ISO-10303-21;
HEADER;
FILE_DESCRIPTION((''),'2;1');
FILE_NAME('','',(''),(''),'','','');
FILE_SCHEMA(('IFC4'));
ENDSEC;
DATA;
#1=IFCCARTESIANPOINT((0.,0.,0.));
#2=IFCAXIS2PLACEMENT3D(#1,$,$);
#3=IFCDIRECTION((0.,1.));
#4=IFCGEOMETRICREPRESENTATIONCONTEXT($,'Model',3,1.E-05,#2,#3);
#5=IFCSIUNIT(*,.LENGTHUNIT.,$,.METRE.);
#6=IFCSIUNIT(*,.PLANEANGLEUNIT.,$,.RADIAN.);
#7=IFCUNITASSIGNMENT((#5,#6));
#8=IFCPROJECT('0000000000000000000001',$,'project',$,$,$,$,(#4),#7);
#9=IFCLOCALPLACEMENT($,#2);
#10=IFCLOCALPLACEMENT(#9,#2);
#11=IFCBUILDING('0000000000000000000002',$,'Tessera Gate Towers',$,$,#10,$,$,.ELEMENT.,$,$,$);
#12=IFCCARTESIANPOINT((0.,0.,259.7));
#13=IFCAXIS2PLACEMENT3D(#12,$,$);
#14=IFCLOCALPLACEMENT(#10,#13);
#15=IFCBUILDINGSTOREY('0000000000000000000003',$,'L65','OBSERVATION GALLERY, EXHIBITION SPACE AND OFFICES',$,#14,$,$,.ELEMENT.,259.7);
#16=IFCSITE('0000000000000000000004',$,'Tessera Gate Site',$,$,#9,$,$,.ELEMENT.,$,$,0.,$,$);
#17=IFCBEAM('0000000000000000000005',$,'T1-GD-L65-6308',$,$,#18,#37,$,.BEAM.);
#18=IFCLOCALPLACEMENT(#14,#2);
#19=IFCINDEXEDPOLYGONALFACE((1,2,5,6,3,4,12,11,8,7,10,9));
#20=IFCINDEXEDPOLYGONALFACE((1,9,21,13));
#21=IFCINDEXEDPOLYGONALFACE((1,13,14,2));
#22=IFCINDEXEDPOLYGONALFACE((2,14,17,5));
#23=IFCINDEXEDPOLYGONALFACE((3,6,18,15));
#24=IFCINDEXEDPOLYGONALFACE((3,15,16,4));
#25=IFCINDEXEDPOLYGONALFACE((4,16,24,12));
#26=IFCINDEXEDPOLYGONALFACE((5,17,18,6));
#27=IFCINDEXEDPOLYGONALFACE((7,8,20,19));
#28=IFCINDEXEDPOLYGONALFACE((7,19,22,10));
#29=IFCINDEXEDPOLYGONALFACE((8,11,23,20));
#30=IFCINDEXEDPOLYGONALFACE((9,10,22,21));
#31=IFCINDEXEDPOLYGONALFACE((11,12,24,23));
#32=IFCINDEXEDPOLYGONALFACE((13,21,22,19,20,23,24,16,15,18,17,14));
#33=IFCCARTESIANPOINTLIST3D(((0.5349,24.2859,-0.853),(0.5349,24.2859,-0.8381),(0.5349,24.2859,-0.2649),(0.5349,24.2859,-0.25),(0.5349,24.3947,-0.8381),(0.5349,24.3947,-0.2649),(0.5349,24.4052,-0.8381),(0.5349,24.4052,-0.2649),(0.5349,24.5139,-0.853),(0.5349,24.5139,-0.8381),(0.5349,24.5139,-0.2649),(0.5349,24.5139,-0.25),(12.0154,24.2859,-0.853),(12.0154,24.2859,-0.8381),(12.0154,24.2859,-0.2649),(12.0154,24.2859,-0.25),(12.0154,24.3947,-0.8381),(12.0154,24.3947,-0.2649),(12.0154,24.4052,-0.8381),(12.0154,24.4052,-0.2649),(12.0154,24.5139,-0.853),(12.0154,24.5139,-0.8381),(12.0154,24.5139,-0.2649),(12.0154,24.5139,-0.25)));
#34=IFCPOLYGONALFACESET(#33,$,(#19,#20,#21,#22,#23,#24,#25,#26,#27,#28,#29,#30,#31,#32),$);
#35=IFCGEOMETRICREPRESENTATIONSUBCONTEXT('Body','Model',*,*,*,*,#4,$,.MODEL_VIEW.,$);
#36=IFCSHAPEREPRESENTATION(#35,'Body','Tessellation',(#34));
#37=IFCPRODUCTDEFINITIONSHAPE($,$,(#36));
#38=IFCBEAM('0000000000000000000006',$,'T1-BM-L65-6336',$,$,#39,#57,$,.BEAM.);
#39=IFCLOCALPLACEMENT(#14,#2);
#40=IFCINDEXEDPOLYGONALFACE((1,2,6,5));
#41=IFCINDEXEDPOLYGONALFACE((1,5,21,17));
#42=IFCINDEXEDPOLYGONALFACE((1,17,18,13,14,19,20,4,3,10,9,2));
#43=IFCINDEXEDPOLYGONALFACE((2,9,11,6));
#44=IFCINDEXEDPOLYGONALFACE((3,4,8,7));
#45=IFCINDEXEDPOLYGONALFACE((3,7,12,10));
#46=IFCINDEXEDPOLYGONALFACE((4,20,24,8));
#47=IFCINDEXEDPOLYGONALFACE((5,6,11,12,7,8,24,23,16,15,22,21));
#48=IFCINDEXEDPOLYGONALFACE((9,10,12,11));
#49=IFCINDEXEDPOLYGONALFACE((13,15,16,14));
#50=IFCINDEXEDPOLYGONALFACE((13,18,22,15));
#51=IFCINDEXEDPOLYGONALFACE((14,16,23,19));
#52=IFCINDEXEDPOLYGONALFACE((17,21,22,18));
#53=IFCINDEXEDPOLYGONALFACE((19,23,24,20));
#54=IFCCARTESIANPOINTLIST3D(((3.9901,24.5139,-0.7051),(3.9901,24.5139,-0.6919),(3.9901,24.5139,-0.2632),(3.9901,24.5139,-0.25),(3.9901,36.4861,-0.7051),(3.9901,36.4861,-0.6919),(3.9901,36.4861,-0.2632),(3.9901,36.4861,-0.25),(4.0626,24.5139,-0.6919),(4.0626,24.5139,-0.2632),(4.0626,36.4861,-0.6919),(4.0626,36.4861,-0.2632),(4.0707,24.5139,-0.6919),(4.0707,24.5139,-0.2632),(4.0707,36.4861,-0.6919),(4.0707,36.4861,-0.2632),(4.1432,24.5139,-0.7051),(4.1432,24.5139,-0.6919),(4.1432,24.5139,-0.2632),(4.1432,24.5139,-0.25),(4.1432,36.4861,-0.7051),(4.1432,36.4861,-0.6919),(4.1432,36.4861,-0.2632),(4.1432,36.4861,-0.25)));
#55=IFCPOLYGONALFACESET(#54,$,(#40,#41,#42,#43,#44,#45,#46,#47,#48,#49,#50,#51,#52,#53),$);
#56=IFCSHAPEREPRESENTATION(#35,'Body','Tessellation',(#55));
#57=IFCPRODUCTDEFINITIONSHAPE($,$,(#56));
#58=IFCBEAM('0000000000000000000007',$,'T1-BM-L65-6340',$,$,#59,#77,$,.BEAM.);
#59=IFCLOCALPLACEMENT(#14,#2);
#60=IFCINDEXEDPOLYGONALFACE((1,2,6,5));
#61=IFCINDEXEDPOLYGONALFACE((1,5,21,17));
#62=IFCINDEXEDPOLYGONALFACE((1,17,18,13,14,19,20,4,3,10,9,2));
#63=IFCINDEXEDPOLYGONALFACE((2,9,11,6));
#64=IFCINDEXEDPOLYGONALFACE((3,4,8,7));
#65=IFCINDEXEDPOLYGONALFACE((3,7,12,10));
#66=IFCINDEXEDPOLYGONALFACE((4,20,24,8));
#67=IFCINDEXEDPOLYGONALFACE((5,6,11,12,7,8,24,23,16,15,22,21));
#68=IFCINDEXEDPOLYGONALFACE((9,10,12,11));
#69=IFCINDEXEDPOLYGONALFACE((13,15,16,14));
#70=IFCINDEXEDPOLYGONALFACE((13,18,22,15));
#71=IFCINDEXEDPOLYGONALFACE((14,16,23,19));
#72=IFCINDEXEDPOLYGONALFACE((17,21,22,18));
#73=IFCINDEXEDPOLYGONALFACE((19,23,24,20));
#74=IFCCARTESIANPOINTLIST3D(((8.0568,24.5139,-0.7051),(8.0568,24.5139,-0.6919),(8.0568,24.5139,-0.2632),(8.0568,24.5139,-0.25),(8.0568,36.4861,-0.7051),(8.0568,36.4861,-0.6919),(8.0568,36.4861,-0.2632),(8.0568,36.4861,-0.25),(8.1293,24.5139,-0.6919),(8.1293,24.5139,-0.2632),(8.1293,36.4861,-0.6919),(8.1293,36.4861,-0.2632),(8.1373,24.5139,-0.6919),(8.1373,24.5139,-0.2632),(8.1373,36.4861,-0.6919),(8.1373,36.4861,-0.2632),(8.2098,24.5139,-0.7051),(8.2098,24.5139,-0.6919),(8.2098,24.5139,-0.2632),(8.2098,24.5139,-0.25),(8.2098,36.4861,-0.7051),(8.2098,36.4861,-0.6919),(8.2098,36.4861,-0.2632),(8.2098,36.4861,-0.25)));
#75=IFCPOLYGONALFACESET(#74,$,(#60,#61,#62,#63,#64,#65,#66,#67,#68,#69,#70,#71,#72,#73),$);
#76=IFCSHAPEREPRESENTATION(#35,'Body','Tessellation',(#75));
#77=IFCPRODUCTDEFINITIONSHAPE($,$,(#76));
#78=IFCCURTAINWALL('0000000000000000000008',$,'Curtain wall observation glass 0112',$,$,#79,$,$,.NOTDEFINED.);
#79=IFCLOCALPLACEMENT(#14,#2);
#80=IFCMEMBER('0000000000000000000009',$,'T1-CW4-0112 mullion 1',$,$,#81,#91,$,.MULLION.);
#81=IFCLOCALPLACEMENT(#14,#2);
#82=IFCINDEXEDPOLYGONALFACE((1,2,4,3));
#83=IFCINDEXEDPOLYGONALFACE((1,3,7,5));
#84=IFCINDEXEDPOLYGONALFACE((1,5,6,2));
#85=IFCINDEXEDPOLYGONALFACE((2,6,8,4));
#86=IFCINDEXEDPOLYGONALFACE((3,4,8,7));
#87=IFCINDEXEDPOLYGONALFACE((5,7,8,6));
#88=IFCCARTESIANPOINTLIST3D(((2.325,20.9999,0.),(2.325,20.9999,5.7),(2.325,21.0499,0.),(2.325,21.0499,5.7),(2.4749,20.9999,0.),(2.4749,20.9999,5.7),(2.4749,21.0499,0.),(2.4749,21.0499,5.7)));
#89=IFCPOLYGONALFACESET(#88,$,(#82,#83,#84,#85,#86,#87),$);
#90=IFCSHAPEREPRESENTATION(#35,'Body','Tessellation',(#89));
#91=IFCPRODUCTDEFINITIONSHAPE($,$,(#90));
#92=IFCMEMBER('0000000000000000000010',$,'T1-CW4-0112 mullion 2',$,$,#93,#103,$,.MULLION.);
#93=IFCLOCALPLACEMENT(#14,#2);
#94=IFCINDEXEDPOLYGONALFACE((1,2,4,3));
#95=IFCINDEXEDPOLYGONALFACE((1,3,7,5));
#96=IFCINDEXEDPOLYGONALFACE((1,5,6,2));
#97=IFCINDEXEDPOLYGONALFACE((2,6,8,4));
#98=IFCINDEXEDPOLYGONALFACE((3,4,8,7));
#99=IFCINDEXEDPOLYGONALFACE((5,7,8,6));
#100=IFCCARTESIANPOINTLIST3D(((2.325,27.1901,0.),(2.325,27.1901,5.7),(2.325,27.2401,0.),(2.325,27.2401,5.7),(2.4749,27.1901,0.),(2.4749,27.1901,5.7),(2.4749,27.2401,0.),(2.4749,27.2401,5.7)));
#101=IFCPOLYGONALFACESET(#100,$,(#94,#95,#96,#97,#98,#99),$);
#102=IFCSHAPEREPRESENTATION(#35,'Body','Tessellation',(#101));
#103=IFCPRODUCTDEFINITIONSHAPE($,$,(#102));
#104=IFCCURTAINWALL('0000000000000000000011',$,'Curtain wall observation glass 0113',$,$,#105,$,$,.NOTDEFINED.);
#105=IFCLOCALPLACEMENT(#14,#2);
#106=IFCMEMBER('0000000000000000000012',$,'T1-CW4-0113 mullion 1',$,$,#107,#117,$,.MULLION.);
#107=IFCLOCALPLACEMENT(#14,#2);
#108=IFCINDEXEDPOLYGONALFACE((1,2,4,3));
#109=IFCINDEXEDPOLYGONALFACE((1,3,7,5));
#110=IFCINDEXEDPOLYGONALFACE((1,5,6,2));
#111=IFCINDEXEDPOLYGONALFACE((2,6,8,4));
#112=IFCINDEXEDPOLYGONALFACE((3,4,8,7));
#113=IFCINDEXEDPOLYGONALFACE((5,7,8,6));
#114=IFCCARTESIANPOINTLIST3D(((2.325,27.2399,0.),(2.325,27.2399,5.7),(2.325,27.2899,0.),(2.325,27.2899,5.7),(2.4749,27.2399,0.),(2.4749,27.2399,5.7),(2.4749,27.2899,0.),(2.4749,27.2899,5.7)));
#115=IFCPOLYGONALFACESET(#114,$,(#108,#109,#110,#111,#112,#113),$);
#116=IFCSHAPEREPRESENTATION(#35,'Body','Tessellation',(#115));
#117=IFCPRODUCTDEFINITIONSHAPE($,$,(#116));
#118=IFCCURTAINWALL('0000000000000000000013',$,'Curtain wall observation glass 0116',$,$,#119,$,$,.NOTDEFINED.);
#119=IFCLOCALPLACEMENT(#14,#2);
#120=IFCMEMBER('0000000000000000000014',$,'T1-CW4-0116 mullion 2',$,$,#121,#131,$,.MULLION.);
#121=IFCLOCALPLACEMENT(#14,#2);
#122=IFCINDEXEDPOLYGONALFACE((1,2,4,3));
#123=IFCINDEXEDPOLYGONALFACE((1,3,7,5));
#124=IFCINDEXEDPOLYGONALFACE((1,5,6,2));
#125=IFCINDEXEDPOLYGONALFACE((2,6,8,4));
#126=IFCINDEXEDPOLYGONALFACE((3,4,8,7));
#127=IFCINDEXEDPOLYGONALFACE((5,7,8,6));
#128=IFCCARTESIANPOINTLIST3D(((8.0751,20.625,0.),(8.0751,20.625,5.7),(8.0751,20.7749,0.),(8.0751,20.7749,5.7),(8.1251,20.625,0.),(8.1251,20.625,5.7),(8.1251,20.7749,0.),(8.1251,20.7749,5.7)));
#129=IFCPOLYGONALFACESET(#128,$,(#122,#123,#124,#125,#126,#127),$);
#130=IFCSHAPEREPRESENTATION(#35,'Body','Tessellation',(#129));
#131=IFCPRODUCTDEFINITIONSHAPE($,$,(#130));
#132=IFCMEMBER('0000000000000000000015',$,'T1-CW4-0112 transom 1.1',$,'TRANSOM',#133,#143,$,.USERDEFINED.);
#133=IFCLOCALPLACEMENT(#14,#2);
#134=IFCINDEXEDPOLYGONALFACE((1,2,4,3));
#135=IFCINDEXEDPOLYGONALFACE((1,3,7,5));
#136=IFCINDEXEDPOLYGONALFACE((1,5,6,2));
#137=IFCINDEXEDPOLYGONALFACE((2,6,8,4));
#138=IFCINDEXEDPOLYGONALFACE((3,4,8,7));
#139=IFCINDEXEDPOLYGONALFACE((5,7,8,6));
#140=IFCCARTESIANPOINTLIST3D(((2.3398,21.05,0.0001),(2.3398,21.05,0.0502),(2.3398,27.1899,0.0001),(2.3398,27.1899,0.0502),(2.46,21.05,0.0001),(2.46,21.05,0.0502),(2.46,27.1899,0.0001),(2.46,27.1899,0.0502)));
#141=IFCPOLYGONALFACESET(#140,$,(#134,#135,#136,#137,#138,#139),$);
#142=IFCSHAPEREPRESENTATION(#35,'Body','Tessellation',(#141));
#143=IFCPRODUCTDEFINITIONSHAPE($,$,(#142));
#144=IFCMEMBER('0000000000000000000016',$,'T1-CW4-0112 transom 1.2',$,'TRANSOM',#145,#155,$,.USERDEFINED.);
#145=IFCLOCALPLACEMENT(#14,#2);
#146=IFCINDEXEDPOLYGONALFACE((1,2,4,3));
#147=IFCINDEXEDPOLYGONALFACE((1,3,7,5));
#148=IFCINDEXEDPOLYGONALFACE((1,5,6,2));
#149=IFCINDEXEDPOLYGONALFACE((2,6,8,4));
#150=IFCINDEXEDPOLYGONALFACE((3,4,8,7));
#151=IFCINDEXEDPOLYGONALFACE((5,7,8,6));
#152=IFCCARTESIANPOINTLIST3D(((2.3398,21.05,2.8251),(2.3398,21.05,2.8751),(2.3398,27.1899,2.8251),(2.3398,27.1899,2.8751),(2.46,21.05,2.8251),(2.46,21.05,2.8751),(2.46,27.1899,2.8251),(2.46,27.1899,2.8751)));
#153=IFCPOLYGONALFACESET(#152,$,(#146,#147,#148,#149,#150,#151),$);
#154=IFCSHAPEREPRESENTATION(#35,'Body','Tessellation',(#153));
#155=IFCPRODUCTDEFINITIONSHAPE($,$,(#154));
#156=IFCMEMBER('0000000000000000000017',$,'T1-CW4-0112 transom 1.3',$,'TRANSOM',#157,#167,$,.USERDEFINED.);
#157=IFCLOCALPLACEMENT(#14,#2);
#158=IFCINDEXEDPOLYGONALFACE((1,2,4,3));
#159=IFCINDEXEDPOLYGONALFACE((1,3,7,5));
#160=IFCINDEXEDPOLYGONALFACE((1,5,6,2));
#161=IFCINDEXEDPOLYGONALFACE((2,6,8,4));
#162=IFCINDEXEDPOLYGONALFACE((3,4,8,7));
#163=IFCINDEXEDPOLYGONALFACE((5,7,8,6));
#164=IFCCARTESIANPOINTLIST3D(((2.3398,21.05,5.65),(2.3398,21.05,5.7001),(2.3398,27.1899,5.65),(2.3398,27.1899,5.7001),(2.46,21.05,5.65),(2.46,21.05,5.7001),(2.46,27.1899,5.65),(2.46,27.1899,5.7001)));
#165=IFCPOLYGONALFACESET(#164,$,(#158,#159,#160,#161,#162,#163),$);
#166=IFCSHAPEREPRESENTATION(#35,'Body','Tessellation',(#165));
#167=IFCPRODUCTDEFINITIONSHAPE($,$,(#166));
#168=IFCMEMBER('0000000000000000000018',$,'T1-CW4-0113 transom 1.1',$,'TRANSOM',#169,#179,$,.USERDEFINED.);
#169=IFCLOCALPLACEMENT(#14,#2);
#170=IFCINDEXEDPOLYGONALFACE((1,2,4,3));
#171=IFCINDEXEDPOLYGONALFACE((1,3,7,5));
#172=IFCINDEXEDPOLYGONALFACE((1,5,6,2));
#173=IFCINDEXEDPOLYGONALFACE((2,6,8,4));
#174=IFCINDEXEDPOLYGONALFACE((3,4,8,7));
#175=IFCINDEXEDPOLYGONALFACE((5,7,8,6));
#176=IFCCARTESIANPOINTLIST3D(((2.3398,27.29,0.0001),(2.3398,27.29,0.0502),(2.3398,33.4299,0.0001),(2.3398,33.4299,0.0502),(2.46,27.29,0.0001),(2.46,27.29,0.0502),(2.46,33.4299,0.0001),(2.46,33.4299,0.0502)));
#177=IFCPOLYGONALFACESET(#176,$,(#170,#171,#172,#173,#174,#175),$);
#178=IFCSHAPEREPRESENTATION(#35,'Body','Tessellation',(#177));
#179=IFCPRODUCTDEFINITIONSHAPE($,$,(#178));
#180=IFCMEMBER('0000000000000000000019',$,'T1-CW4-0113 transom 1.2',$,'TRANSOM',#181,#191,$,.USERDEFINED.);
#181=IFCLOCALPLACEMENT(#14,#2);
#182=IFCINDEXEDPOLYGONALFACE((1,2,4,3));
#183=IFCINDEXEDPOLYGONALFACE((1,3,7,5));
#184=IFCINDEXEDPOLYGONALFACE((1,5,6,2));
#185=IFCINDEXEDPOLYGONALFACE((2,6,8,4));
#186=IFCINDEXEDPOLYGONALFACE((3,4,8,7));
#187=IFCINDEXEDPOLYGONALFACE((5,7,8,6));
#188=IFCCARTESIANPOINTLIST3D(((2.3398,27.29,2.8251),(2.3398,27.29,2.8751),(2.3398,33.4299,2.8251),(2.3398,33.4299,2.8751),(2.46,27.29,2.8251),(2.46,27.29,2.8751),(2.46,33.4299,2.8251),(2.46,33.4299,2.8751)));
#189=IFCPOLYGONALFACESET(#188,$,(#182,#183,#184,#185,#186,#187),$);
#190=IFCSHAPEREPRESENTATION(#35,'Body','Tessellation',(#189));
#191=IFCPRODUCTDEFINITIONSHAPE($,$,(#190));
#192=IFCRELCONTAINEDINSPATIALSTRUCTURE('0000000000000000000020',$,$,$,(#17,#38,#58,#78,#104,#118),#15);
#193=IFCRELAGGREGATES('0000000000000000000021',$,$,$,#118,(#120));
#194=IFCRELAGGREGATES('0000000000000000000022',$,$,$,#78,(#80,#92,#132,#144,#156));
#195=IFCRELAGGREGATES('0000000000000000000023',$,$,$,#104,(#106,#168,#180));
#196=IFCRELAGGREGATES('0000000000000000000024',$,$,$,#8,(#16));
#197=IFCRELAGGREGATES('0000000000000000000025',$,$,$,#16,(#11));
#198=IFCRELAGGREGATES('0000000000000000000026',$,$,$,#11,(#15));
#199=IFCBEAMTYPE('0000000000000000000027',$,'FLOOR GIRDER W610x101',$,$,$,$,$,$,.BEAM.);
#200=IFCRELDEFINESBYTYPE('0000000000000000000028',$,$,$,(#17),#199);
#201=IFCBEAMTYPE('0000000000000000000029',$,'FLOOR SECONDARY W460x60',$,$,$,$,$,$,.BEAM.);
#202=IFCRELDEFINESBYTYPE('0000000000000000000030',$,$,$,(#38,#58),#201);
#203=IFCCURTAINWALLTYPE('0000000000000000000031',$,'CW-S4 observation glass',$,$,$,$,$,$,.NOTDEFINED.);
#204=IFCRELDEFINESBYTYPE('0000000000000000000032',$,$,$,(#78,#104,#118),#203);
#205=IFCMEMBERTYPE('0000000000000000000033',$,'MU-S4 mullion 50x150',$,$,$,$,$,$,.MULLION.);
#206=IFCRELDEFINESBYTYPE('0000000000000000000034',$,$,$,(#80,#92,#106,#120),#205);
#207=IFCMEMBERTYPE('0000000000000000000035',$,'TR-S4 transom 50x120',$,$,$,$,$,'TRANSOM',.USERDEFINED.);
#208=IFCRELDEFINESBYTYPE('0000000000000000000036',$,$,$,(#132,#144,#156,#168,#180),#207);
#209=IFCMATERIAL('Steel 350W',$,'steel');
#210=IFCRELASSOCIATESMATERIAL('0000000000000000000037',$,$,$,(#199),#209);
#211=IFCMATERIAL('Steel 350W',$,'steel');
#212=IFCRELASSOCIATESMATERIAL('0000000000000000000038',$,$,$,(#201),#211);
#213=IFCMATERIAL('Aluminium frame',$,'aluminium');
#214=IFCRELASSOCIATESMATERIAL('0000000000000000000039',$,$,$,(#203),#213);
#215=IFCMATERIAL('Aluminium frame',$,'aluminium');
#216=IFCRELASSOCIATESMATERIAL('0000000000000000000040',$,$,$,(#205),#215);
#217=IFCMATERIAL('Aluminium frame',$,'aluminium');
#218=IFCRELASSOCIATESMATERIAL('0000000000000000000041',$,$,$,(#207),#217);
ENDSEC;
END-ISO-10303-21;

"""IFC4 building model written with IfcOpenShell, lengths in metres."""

from ifc_helpers import new_model, si_unit, direction, frame, origin, origin_2d, place, context, subcontext, project, spatial, rectangle, i_section, extrude, material, material_profile, profile_set, type_object, element, aggregate, save


model = new_model("IFC4")

# Units and contexts
model_context = context("Model", 3, precision=1e-05, world=origin(), true_north=direction((0.0, 1.0)))
body_context = subcontext(model_context, "Body", "Model", "MODEL_VIEW")
ifc_project = project(units=[si_unit("LENGTHUNIT", "METRE"), si_unit("PLANEANGLEUNIT", "RADIAN")], contexts=[model_context])

# Site, building, storey
site_placement = place(None, origin())
site = spatial("IfcSite", under=ifc_project, at=site_placement, Name="Tessera Gate Site", CompositionType="ELEMENT", RefElevation=0.0)
building_placement = place(site_placement, origin())
building = spatial("IfcBuilding", under=site, at=building_placement, Name="Tessera Gate Towers", CompositionType="ELEMENT")
storey_placement = place(building_placement, frame((0.0, 0.0, 259.7)))
storey = spatial("IfcBuildingStorey", under=building, at=storey_placement, Name="L65", Description="OBSERVATION GALLERY, EXHIBITION SPACE AND OFFICES", CompositionType="ELEMENT", Elevation=259.7)

# Beams
ifc_material_1 = material(Name="Steel 350W", Category="steel")
ifc_material_profile_1 = material_profile(ifc_material_1, i_section(OverallWidth=0.228, OverallDepth=0.603, WebThickness=0.0105, FlangeThickness=0.0149, at=origin_2d()), Name="W610x101")
ifc_profile_set_1 = profile_set([ifc_material_profile_1], Name="Steel 350W")
beam_type_1 = type_object("IfcBeamType", Name="FLOOR GIRDER W610x101", PredefinedType="BEAM", material=ifc_profile_set_1)
beam_placement = place(storey_placement, frame((0.5349, 24.3999, -0.5515), z_axis=(1.0, 0.0, 0.0), x_axis=(0.0, 1.0, 0.0)))
element("IfcBeam", 1, at=beam_placement, inside=storey, type_object=beam_type_1, Name="T1-GD-L65-6308", PredefinedType="BEAM", context=body_context, shape_type="SweptSolid", body=[
    extrude(i_section(OverallWidth=0.228, OverallDepth=0.603, WebThickness=0.0105, FlangeThickness=0.0149, at=origin_2d()), origin(), (0.0, 0.0, 1.0), 11.4805),
])
ifc_material_2 = material(Name="Steel 350W", Category="steel")
ifc_material_profile_2 = material_profile(ifc_material_2, i_section(OverallWidth=0.1531, OverallDepth=0.4551, WebThickness=0.0081, FlangeThickness=0.0132, at=origin_2d()), Name="W460x60")
ifc_profile_set_2 = profile_set([ifc_material_profile_2], Name="Steel 350W")
beam_type_2 = type_object("IfcBeamType", Name="FLOOR SECONDARY W460x60", PredefinedType="BEAM", material=ifc_profile_set_2)
for number, where, z_axis, x_axis, name in (
    (2, (4.0667, 24.5139, -0.4775), (0.0, 1.0, 0.0), (-1.0, 0.0, 0.0), "T1-BM-L65-6336"),
    (3, (8.1333, 24.5139, -0.4775), (0.0, 1.0, 0.0), (-1.0, 0.0, 0.0), "T1-BM-L65-6340"),
):
    element("IfcBeam", number, at=place(storey_placement, frame(where, z_axis=z_axis, x_axis=x_axis)), inside=storey, type_object=beam_type_2, Name=name, PredefinedType="BEAM", context=body_context, shape_type="SweptSolid", body=[
        extrude(i_section(OverallWidth=0.1531, OverallDepth=0.4551, WebThickness=0.0081, FlangeThickness=0.0132, at=origin_2d()), origin(), (0.0, 0.0, 1.0), 11.9722),
    ])

# Curtain wall, members
ifc_material_3 = material(Name="Aluminium frame", Category="aluminium")
curtain_wall_type = type_object("IfcCurtainWallType", Name="CW-S4 observation glass", PredefinedType="NOTDEFINED", material=ifc_material_3)
curtain_wall_1_placement = place(storey_placement, origin())
curtain_wall_1 = element("IfcCurtainWall", 4, at=curtain_wall_1_placement, inside=storey, type_object=curtain_wall_type, Name="Curtain wall observation glass 0112", PredefinedType="NOTDEFINED")
ifc_material_4 = material(Name="Aluminium frame", Category="aluminium")
ifc_material_profile_3 = material_profile(ifc_material_4, rectangle(XDim=0.05, YDim=0.1499, at=origin_2d()), Name="AL 50x150")
ifc_profile_set_3 = profile_set([ifc_material_profile_3], Name="Aluminium frame")
member_type_1 = type_object("IfcMemberType", Name="MU-S4 mullion 50x150", PredefinedType="MULLION", material=ifc_profile_set_3)
member_1_placement = place(storey_placement, frame((2.3999, 21.0249, 0.0), z_axis=(0.0, 0.0, 1.0), x_axis=(0.0, 1.0, 0.0)))
member_1 = element("IfcMember", 5, at=member_1_placement, type_object=member_type_1, Name="T1-CW4-0112 mullion 1", PredefinedType="MULLION", context=body_context, shape_type="SweptSolid", body=[
    extrude(rectangle(XDim=0.05, YDim=0.1499, at=origin_2d()), origin(), (0.0, 0.0, 1.0), 5.7),
])
member_2_placement = place(storey_placement, frame((2.3999, 27.2151, 0.0), z_axis=(0.0, 0.0, 1.0), x_axis=(0.0, 1.0, 0.0)))
member_2 = element("IfcMember", 6, at=member_2_placement, type_object=member_type_1, Name="T1-CW4-0112 mullion 2", PredefinedType="MULLION", context=body_context, shape_type="SweptSolid", body=[
    extrude(rectangle(XDim=0.05, YDim=0.1499, at=origin_2d()), origin(), (0.0, 0.0, 1.0), 5.7),
])

# Curtain walls, members
curtain_wall_2_placement = place(storey_placement, origin())
curtain_wall_2 = element("IfcCurtainWall", 7, at=curtain_wall_2_placement, inside=storey, type_object=curtain_wall_type, Name="Curtain wall observation glass 0113", PredefinedType="NOTDEFINED")
member_3_placement = place(storey_placement, frame((2.3999, 27.2649, 0.0), z_axis=(0.0, 0.0, 1.0), x_axis=(0.0, 1.0, 0.0)))
member_3 = element("IfcMember", 8, at=member_3_placement, type_object=member_type_1, Name="T1-CW4-0113 mullion 1", PredefinedType="MULLION", context=body_context, shape_type="SweptSolid", body=[
    extrude(rectangle(XDim=0.05, YDim=0.1499, at=origin_2d()), origin(), (0.0, 0.0, 1.0), 5.7),
])
curtain_wall_3_placement = place(storey_placement, origin())
curtain_wall_3 = element("IfcCurtainWall", 9, at=curtain_wall_3_placement, inside=storey, type_object=curtain_wall_type, Name="Curtain wall observation glass 0116", PredefinedType="NOTDEFINED")
member_4_placement = place(storey_placement, frame((8.1001, 20.7, 0.0), z_axis=(0.0, 0.0, 1.0), x_axis=(1.0, 0.0, 0.0)))
member_4 = element("IfcMember", 10, at=member_4_placement, type_object=member_type_1, Name="T1-CW4-0116 mullion 2", PredefinedType="MULLION", context=body_context, shape_type="SweptSolid", body=[
    extrude(rectangle(XDim=0.05, YDim=0.1499, at=origin_2d()), origin(), (0.0, 0.0, 1.0), 5.7),
])
aggregate(curtain_wall_3, [member_4])

# Members
ifc_material_5 = material(Name="Aluminium frame", Category="aluminium")
ifc_material_profile_4 = material_profile(ifc_material_5, rectangle(XDim=0.1201, YDim=0.05, at=origin_2d()), Name="AL 50x120")
ifc_profile_set_4 = profile_set([ifc_material_profile_4], Name="Aluminium frame")
member_type_2 = type_object("IfcMemberType", Name="TR-S4 transom 50x120", ElementType="TRANSOM", PredefinedType="USERDEFINED", material=ifc_profile_set_4)
member_5_placement = place(storey_placement, frame((2.3999, 21.05, 0.0251), z_axis=(0.0, 1.0, 0.0), x_axis=(-1.0, 0.0, 0.0)))
member_5 = element("IfcMember", 11, at=member_5_placement, type_object=member_type_2, Name="T1-CW4-0112 transom 1.1", ObjectType="TRANSOM", PredefinedType="USERDEFINED", context=body_context, shape_type="SweptSolid", body=[
    extrude(rectangle(XDim=0.1201, YDim=0.05, at=origin_2d()), origin(), (0.0, 0.0, 1.0), 6.1399),
])
member_6_placement = place(storey_placement, frame((2.3999, 21.05, 2.8501), z_axis=(0.0, 1.0, 0.0), x_axis=(-1.0, 0.0, 0.0)))
member_6 = element("IfcMember", 12, at=member_6_placement, type_object=member_type_2, Name="T1-CW4-0112 transom 1.2", ObjectType="TRANSOM", PredefinedType="USERDEFINED", context=body_context, shape_type="SweptSolid", body=[
    extrude(rectangle(XDim=0.1201, YDim=0.05, at=origin_2d()), origin(), (0.0, 0.0, 1.0), 6.1399),
])
member_7_placement = place(storey_placement, frame((2.3999, 21.05, 5.675), z_axis=(0.0, 1.0, 0.0), x_axis=(-1.0, 0.0, 0.0)))
member_7 = element("IfcMember", 13, at=member_7_placement, type_object=member_type_2, Name="T1-CW4-0112 transom 1.3", ObjectType="TRANSOM", PredefinedType="USERDEFINED", context=body_context, shape_type="SweptSolid", body=[
    extrude(rectangle(XDim=0.1201, YDim=0.05, at=origin_2d()), origin(), (0.0, 0.0, 1.0), 6.1399),
])
member_8_placement = place(storey_placement, frame((2.3999, 27.29, 0.0251), z_axis=(0.0, 1.0, 0.0), x_axis=(-1.0, 0.0, 0.0)))
member_8 = element("IfcMember", 14, at=member_8_placement, type_object=member_type_2, Name="T1-CW4-0113 transom 1.1", ObjectType="TRANSOM", PredefinedType="USERDEFINED", context=body_context, shape_type="SweptSolid", body=[
    extrude(rectangle(XDim=0.1201, YDim=0.05, at=origin_2d()), origin(), (0.0, 0.0, 1.0), 6.1399),
])
member_9_placement = place(storey_placement, frame((2.3999, 27.29, 2.8501), z_axis=(0.0, 1.0, 0.0), x_axis=(-1.0, 0.0, 0.0)))
member_9 = element("IfcMember", 15, at=member_9_placement, type_object=member_type_2, Name="T1-CW4-0113 transom 1.2", ObjectType="TRANSOM", PredefinedType="USERDEFINED", context=body_context, shape_type="SweptSolid", body=[
    extrude(rectangle(XDim=0.1201, YDim=0.05, at=origin_2d()), origin(), (0.0, 0.0, 1.0), 6.1399),
])

aggregate(curtain_wall_1, [member_1, member_2, member_5, member_6, member_7])
aggregate(curtain_wall_2, [member_3, member_8, member_9])

save(model, "model.ifc")
